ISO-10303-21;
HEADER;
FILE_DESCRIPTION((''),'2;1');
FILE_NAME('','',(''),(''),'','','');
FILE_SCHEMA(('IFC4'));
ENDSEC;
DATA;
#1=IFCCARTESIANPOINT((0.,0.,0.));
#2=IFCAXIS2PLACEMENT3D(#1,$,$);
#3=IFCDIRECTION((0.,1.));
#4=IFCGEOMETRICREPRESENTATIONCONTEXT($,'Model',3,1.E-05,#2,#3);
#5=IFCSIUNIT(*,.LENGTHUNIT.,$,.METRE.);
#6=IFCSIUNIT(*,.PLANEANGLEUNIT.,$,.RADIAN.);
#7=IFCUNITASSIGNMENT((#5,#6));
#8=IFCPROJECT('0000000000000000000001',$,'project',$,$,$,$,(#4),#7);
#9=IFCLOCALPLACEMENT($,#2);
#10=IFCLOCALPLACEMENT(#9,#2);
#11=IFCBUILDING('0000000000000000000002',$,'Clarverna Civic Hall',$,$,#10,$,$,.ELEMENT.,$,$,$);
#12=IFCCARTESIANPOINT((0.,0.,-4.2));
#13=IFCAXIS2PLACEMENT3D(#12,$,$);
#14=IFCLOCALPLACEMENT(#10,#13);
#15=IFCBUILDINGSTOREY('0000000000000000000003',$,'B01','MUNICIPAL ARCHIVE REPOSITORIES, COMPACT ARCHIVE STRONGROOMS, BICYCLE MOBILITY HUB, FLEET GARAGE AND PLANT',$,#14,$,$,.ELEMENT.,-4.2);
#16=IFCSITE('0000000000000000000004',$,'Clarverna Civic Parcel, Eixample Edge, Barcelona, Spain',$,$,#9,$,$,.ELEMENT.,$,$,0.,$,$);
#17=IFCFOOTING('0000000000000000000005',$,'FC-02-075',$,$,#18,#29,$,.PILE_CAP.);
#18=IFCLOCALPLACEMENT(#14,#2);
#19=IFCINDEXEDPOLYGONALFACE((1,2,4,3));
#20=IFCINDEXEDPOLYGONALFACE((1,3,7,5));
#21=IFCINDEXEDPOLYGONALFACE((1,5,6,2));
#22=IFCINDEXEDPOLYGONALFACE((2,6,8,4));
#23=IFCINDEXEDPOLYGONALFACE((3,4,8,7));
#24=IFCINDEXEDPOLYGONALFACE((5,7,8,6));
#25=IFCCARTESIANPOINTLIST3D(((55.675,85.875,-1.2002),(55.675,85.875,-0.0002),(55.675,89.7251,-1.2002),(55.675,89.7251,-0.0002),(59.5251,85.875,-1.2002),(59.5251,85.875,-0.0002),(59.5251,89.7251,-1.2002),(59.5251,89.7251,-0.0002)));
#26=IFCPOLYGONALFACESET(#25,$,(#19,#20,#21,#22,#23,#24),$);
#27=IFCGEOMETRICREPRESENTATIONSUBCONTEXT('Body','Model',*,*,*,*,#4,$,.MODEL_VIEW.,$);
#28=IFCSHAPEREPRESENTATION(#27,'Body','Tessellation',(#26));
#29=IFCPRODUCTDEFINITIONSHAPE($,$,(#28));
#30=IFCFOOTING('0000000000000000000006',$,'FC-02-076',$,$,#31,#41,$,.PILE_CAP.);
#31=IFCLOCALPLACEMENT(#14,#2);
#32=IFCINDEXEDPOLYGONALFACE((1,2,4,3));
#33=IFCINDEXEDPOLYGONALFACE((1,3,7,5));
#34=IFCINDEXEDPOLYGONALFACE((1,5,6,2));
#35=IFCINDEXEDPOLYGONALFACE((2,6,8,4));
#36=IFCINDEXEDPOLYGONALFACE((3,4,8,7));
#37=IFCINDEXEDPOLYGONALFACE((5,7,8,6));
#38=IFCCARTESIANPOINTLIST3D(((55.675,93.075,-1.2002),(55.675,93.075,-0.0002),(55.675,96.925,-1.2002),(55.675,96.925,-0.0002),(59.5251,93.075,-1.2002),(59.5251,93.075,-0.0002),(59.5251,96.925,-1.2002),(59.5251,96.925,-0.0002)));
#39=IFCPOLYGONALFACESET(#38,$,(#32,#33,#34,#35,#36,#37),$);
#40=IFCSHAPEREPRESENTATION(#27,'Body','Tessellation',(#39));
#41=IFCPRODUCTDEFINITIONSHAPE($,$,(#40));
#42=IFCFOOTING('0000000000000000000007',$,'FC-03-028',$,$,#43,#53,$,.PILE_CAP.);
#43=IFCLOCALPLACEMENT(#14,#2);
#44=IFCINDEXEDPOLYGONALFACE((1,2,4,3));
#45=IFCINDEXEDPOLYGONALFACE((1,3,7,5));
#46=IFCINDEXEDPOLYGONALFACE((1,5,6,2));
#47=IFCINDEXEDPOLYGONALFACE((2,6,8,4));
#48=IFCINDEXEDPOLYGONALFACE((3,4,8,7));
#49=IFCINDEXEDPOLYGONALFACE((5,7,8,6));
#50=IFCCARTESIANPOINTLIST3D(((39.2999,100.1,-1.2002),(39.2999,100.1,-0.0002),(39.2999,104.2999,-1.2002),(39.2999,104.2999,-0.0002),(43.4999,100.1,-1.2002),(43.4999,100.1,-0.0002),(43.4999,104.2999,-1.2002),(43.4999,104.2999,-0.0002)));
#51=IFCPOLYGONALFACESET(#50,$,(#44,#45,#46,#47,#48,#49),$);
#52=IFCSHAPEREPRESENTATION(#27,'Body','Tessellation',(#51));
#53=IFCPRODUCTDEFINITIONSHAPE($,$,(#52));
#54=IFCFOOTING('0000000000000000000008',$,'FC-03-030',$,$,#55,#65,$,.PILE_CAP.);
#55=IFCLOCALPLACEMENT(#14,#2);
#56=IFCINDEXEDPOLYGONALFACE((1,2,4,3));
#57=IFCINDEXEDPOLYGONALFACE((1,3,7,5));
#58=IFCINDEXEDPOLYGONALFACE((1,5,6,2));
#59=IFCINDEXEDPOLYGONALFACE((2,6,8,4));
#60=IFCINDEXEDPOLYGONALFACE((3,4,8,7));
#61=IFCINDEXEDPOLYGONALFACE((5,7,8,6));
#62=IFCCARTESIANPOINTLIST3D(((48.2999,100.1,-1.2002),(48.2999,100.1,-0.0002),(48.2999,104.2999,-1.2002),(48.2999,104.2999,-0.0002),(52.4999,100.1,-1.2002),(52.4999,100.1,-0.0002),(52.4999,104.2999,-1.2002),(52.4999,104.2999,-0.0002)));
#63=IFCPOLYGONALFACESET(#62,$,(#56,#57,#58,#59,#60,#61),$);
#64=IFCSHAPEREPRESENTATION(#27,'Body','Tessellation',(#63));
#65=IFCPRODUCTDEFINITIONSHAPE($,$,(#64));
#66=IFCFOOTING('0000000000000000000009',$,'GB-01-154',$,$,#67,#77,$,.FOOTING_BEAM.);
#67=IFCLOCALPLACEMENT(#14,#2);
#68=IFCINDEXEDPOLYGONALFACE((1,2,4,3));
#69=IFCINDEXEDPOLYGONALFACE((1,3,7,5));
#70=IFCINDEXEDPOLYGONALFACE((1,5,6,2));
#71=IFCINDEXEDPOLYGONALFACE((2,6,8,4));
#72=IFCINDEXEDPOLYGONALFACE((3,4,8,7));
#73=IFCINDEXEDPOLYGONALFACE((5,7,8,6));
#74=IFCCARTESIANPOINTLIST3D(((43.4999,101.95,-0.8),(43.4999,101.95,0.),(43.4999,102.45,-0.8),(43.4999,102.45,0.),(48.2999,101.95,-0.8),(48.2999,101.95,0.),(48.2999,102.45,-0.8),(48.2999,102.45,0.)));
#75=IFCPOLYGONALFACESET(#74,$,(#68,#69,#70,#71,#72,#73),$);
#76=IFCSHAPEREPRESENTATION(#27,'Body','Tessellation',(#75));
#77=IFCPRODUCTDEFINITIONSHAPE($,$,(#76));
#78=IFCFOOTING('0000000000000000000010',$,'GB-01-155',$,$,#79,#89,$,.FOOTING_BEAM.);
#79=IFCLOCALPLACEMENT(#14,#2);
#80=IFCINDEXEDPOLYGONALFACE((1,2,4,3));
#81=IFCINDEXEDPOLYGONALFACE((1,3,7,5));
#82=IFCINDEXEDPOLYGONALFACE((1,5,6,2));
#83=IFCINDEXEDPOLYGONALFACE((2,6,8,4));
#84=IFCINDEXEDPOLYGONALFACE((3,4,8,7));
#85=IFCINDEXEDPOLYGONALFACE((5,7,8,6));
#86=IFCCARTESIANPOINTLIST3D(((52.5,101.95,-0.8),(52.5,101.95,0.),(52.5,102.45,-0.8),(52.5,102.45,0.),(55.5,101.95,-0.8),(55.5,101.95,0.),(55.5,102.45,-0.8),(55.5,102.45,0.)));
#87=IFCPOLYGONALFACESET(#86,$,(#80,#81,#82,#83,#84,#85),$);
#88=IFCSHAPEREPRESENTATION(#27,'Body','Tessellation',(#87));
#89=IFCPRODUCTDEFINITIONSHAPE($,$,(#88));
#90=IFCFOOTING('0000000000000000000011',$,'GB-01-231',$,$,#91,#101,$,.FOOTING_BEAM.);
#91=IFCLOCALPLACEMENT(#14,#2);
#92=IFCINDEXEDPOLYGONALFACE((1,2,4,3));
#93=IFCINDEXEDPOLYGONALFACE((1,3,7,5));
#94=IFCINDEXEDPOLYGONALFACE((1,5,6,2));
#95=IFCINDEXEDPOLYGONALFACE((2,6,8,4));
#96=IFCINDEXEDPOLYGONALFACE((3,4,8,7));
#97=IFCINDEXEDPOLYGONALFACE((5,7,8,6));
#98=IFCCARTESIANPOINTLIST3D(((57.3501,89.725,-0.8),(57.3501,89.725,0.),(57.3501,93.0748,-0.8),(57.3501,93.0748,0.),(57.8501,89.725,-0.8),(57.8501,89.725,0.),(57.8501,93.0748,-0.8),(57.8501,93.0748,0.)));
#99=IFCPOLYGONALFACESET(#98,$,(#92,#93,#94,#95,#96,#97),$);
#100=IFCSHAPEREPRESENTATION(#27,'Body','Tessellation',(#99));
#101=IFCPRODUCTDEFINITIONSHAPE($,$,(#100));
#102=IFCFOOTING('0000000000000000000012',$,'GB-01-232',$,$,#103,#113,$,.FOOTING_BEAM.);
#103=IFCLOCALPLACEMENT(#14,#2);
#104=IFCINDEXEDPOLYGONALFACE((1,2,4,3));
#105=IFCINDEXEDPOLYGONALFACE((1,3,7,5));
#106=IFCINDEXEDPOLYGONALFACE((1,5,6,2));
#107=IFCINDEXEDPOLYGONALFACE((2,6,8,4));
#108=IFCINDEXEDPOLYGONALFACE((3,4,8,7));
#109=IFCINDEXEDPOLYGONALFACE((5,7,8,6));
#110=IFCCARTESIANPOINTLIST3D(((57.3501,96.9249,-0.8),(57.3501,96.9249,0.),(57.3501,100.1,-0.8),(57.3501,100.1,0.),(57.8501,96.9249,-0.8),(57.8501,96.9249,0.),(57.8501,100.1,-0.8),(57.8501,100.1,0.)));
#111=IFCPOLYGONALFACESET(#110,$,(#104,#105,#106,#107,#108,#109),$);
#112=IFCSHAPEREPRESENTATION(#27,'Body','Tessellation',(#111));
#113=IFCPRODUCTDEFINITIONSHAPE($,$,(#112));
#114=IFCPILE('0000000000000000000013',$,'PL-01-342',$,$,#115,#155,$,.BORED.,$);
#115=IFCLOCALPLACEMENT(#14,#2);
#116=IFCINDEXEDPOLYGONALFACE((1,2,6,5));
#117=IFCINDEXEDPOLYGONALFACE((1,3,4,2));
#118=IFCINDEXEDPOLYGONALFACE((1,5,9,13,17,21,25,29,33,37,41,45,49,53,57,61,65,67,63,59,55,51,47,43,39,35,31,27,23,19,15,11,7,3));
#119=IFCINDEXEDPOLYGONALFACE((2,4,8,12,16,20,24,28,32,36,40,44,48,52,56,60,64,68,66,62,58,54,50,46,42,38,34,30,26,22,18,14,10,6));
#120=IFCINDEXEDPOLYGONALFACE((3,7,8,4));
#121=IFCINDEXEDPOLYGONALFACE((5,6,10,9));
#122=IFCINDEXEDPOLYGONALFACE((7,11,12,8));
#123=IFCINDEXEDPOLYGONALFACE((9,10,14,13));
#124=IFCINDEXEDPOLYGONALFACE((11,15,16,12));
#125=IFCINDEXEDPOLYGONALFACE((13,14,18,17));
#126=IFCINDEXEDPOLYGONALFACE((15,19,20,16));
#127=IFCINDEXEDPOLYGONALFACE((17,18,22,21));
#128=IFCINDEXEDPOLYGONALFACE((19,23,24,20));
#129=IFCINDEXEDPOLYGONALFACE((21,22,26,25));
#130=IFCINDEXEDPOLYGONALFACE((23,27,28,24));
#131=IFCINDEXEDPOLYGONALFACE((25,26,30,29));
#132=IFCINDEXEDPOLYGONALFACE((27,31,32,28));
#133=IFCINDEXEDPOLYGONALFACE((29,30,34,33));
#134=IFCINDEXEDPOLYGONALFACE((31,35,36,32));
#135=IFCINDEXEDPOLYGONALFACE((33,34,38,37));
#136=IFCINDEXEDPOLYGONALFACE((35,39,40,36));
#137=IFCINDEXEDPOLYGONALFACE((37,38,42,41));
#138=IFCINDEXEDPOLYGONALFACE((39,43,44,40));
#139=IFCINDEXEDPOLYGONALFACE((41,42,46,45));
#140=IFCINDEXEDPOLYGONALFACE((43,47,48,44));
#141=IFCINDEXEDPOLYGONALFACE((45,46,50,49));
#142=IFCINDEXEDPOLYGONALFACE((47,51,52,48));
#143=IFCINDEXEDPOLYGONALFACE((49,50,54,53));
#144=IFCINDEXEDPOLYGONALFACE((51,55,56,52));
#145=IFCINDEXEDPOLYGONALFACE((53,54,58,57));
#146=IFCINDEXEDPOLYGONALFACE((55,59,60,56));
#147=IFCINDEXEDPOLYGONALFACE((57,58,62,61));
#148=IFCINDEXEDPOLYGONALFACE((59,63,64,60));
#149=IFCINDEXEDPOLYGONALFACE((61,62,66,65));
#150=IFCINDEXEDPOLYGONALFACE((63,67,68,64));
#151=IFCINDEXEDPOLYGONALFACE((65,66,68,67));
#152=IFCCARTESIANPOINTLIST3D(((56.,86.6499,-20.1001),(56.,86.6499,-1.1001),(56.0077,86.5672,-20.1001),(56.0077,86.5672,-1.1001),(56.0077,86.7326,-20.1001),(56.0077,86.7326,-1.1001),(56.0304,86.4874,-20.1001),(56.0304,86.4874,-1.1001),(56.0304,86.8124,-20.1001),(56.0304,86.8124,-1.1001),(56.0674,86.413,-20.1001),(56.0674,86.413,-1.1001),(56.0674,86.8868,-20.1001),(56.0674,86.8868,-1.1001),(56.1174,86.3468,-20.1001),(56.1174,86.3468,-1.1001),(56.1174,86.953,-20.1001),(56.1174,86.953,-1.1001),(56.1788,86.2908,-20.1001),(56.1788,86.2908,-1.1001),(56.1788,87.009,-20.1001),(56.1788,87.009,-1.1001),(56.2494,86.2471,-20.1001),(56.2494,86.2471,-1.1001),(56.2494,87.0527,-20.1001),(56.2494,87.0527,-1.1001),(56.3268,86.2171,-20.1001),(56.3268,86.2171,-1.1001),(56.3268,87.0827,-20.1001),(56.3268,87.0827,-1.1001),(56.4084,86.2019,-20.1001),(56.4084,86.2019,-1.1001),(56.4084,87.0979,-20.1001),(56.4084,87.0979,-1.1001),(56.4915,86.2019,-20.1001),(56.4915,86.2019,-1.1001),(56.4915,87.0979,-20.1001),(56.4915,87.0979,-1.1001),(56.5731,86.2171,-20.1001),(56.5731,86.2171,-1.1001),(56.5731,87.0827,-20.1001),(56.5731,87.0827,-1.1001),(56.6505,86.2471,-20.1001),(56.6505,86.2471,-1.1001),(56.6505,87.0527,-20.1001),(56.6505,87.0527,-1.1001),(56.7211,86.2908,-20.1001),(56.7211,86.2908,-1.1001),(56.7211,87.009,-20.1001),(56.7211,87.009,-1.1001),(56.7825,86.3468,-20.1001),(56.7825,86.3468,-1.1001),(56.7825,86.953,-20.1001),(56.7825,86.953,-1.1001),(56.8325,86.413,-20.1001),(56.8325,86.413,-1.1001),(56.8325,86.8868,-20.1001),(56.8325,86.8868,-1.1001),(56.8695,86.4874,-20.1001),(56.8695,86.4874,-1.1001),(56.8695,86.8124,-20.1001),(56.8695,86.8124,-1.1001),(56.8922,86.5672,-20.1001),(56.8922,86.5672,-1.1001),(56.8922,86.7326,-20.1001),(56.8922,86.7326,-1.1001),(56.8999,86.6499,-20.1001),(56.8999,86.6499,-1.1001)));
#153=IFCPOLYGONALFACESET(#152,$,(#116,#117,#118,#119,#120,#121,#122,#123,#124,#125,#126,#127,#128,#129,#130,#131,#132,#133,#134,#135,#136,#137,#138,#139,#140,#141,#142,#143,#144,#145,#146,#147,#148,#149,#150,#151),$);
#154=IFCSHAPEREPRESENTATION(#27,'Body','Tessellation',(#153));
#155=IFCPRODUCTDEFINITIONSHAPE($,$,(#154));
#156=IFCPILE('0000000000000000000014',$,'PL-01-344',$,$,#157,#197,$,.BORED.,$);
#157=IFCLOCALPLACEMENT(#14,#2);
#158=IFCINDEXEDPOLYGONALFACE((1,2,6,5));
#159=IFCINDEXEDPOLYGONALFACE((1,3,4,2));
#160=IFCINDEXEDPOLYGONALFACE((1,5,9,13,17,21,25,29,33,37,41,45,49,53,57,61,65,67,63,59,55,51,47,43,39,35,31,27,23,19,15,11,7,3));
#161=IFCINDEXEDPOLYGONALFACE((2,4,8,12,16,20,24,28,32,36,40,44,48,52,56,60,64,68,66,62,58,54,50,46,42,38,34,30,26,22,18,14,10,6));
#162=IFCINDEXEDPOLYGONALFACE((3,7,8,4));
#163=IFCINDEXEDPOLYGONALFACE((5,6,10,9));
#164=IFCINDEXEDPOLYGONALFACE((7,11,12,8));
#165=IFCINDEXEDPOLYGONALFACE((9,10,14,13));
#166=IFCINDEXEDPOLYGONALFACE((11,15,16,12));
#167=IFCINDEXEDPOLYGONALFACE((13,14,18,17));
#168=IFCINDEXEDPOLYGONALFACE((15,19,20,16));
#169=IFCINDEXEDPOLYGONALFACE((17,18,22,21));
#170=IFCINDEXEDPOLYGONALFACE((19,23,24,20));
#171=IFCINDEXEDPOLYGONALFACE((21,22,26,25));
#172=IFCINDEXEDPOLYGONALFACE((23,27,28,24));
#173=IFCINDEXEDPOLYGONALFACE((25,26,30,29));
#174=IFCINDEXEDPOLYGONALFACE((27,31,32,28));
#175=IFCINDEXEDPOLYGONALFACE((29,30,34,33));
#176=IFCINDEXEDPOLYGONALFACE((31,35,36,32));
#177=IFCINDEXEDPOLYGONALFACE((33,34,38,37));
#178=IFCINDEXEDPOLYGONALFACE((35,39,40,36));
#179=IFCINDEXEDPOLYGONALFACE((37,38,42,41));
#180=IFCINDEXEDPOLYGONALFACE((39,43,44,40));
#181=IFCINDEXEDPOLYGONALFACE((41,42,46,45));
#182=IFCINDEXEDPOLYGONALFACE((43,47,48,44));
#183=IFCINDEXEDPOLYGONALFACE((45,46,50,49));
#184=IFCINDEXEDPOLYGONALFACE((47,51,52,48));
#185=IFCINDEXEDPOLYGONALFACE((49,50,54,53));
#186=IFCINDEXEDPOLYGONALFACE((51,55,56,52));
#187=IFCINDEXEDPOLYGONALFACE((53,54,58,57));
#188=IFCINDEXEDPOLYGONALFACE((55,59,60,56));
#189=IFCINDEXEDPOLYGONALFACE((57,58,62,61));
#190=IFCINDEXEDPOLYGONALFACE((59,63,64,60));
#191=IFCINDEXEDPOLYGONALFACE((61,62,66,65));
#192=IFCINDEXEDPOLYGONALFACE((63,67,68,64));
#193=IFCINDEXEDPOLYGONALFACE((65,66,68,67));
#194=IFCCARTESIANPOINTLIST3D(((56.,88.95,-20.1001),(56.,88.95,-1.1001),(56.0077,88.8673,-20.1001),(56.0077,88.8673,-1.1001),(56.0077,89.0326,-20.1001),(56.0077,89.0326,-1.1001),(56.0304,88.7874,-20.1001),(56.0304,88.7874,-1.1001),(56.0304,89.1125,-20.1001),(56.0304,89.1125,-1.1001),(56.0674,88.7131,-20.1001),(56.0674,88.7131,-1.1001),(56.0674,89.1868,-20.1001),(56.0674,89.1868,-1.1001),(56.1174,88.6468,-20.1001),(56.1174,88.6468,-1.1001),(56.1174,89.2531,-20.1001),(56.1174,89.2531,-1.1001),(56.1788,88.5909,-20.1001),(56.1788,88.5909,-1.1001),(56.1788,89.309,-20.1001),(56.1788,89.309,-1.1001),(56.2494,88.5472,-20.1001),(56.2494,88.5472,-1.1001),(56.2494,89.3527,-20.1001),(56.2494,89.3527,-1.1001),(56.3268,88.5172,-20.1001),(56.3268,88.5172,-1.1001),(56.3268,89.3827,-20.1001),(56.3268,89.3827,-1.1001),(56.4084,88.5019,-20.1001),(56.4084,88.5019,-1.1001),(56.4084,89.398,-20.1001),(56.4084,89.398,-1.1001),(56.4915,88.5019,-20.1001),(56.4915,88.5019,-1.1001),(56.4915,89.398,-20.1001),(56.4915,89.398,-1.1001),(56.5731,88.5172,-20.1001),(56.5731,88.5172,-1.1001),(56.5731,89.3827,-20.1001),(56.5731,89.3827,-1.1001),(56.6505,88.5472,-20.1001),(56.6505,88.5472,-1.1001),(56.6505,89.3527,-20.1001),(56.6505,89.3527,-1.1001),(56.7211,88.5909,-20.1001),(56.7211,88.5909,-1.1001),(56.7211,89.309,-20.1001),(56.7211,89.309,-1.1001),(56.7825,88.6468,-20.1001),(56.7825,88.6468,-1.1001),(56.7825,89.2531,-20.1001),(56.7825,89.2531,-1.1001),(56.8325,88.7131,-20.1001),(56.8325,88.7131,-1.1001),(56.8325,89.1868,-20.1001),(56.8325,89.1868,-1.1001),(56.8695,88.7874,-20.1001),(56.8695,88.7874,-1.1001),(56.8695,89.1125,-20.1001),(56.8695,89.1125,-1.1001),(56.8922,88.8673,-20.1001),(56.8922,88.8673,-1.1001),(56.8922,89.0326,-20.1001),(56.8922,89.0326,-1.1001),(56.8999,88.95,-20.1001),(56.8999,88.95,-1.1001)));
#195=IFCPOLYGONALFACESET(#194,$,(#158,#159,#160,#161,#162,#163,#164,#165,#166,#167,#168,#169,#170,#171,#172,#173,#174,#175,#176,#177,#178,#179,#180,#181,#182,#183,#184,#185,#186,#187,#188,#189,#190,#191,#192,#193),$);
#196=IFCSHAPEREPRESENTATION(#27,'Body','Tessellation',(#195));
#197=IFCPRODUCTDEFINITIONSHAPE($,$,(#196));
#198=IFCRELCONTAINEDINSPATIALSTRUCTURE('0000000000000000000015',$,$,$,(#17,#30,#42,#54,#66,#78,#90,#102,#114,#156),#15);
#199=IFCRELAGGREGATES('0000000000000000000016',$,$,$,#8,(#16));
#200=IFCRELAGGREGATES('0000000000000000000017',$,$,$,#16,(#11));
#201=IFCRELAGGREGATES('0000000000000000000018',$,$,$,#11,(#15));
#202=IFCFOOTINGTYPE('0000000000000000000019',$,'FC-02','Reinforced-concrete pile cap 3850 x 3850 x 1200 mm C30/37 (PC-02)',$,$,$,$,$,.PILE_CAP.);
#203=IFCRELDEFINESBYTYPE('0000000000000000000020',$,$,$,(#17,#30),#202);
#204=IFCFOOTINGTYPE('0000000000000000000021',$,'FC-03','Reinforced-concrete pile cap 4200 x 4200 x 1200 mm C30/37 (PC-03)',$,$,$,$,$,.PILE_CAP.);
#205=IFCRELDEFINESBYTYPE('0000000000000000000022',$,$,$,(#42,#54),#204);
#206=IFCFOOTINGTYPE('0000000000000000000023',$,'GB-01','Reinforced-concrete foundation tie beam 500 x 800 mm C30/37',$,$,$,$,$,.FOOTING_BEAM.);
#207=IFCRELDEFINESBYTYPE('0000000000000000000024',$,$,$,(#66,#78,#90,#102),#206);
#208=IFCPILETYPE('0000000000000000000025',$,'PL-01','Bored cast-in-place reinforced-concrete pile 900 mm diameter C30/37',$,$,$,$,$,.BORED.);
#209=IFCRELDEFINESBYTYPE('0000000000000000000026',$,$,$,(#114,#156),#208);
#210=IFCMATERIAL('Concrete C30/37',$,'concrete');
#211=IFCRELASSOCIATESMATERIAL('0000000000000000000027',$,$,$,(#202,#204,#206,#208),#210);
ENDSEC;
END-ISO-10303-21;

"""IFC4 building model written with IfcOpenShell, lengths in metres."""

from ifc_helpers import new_model, si_unit, direction, frame, frame_2d, origin, origin_2d, place, context, subcontext, project, spatial, rectangle, circle, extrude, material, material_profile, profile_set, type_object, element, save


model = new_model("IFC4")

# Units and contexts
model_context = context("Model", 3, precision=1e-05, world=origin(), true_north=direction((0.0, 1.0)))
body_context = subcontext(model_context, "Body", "Model", "MODEL_VIEW")
ifc_project = project(units=[si_unit("LENGTHUNIT", "METRE"), si_unit("PLANEANGLEUNIT", "RADIAN")], contexts=[model_context])

# Site, building, storey
site_placement = place(None, origin())
site = spatial("IfcSite", under=ifc_project, at=site_placement, Name="Clarverna Civic Parcel, Eixample Edge, Barcelona, Spain", CompositionType="ELEMENT", RefElevation=0.0)
building_placement = place(site_placement, origin())
building = spatial("IfcBuilding", under=site, at=building_placement, Name="Clarverna Civic Hall", CompositionType="ELEMENT")
storey_placement = place(building_placement, frame((0.0, 0.0, -4.2)))
storey = spatial("IfcBuildingStorey", under=building, at=storey_placement, Name="B01", Description="MUNICIPAL ARCHIVE REPOSITORIES, COMPACT ARCHIVE STRONGROOMS, BICYCLE MOBILITY HUB, FLEET GARAGE AND PLANT", CompositionType="ELEMENT", Elevation=-4.2)

# Footings
ifc_material_1 = material(Name="Concrete C30/37", Category="concrete")
footing_type_1 = type_object("IfcFootingType", Name="FC-02", Description="Reinforced-concrete pile cap 3850 x 3850 x 1200 mm C30/37 (PC-02)", PredefinedType="PILE_CAP", material=ifc_material_1)
for number, where, z_axis, x_axis, name in (
    (1, (57.6001, 87.8, -1.2002), (0.0, 0.0, 1.0), (1.0, 0.0, 0.0), "FC-02-075"),
    (2, (57.6001, 95.0, -1.2002), (0.0, 0.0, 1.0), (1.0, 0.0, 0.0), "FC-02-076"),
):
    element("IfcFooting", number, at=place(storey_placement, frame(where, z_axis=z_axis, x_axis=x_axis)), inside=storey, type_object=footing_type_1, Name=name, PredefinedType="PILE_CAP", context=body_context, shape_type="SweptSolid", body=[
        extrude(rectangle(XDim=3.8501, YDim=3.8501, at=origin_2d()), origin(), (0.0, 0.0, 1.0), 1.2),
    ])
footing_type_2 = type_object("IfcFootingType", Name="FC-03", Description="Reinforced-concrete pile cap 4200 x 4200 x 1200 mm C30/37 (PC-03)", PredefinedType="PILE_CAP", material=ifc_material_1)
for number, where, z_axis, x_axis, name in (
    (3, (41.3999, 102.2, -1.2002), (0.0, 0.0, 1.0), (1.0, 0.0, 0.0), "FC-03-028"),
    (4, (50.3999, 102.2, -1.2002), (0.0, 0.0, 1.0), (1.0, 0.0, 0.0), "FC-03-030"),
):
    element("IfcFooting", number, at=place(storey_placement, frame(where, z_axis=z_axis, x_axis=x_axis)), inside=storey, type_object=footing_type_2, Name=name, PredefinedType="PILE_CAP", context=body_context, shape_type="SweptSolid", body=[
        extrude(rectangle(XDim=4.2, YDim=4.2, at=origin_2d()), origin(), (0.0, 0.0, 1.0), 1.2),
    ])
footing_type_3 = type_object("IfcFootingType", Name="GB-01", Description="Reinforced-concrete foundation tie beam 500 x 800 mm C30/37", PredefinedType="FOOTING_BEAM", material=ifc_material_1)
footing_1_placement = place(storey_placement, frame((43.5, 102.2, -0.8), z_axis=(0.0, 0.0, 1.0), x_axis=(1.0, 0.0, 0.0)))
element("IfcFooting", 5, at=footing_1_placement, inside=storey, type_object=footing_type_3, Name="GB-01-154", PredefinedType="FOOTING_BEAM", context=body_context, shape_type="SweptSolid", body=[
    extrude(rectangle(XDim=4.8, YDim=0.5, at=frame_2d((2.3999, 0.0))), origin(), (0.0, 0.0, 1.0), 0.8),
])
footing_2_placement = place(storey_placement, frame((52.5, 102.2, -0.8), z_axis=(0.0, 0.0, 1.0), x_axis=(1.0, 0.0, 0.0)))
element("IfcFooting", 6, at=footing_2_placement, inside=storey, type_object=footing_type_3, Name="GB-01-155", PredefinedType="FOOTING_BEAM", context=body_context, shape_type="SweptSolid", body=[
    extrude(rectangle(XDim=3.0, YDim=0.5, at=frame_2d((1.5, 0.0))), origin(), (0.0, 0.0, 1.0), 0.8),
])
footing_3_placement = place(storey_placement, frame((57.6001, 89.7251, -0.8), z_axis=(0.0, 0.0, 1.0), x_axis=(0.0, 1.0, 0.0)))
element("IfcFooting", 7, at=footing_3_placement, inside=storey, type_object=footing_type_3, Name="GB-01-231", PredefinedType="FOOTING_BEAM", context=body_context, shape_type="SweptSolid", body=[
    extrude(rectangle(XDim=3.3499, YDim=0.5, at=frame_2d((1.6748, 0.0))), origin(), (0.0, 0.0, 1.0), 0.8),
])
footing_4_placement = place(storey_placement, frame((57.6001, 96.925, -0.8), z_axis=(0.0, 0.0, 1.0), x_axis=(0.0, 1.0, 0.0)))
element("IfcFooting", 8, at=footing_4_placement, inside=storey, type_object=footing_type_3, Name="GB-01-232", PredefinedType="FOOTING_BEAM", context=body_context, shape_type="SweptSolid", body=[
    extrude(rectangle(XDim=3.175, YDim=0.5, at=frame_2d((1.5874, 0.0))), origin(), (0.0, 0.0, 1.0), 0.8),
])

# Piles
ifc_material_profile_1 = material_profile(ifc_material_1, circle(Radius=0.45, at=origin_2d()), Name="BORED PILE D900")
ifc_profile_set_1 = profile_set([ifc_material_profile_1], Name="Concrete C30/37")
pile_type_1 = type_object("IfcPileType", Name="PL-01", Description="Bored cast-in-place reinforced-concrete pile 900 mm diameter C30/37", PredefinedType="BORED", material=ifc_profile_set_1)
for number, where, z_axis, x_axis, name in (
    (9, (56.45, 86.6499, -1.1001), (0.0, 0.0, -1.0), (1.0, 0.0, 0.0), "PL-01-342"),
    (10, (56.45, 88.95, -1.1001), (0.0, 0.0, -1.0), (1.0, 0.0, 0.0), "PL-01-344"),
):
    element("IfcPile", number, at=place(storey_placement, frame(where, z_axis=z_axis, x_axis=x_axis)), inside=storey, type_object=pile_type_1, Name=name, PredefinedType="BORED", context=body_context, shape_type="SweptSolid", body=[
        extrude(circle(Radius=0.45, at=origin_2d()), origin(), (0.0, 0.0, 1.0), 19.0),
    ])

save(model, "model.ifc")
